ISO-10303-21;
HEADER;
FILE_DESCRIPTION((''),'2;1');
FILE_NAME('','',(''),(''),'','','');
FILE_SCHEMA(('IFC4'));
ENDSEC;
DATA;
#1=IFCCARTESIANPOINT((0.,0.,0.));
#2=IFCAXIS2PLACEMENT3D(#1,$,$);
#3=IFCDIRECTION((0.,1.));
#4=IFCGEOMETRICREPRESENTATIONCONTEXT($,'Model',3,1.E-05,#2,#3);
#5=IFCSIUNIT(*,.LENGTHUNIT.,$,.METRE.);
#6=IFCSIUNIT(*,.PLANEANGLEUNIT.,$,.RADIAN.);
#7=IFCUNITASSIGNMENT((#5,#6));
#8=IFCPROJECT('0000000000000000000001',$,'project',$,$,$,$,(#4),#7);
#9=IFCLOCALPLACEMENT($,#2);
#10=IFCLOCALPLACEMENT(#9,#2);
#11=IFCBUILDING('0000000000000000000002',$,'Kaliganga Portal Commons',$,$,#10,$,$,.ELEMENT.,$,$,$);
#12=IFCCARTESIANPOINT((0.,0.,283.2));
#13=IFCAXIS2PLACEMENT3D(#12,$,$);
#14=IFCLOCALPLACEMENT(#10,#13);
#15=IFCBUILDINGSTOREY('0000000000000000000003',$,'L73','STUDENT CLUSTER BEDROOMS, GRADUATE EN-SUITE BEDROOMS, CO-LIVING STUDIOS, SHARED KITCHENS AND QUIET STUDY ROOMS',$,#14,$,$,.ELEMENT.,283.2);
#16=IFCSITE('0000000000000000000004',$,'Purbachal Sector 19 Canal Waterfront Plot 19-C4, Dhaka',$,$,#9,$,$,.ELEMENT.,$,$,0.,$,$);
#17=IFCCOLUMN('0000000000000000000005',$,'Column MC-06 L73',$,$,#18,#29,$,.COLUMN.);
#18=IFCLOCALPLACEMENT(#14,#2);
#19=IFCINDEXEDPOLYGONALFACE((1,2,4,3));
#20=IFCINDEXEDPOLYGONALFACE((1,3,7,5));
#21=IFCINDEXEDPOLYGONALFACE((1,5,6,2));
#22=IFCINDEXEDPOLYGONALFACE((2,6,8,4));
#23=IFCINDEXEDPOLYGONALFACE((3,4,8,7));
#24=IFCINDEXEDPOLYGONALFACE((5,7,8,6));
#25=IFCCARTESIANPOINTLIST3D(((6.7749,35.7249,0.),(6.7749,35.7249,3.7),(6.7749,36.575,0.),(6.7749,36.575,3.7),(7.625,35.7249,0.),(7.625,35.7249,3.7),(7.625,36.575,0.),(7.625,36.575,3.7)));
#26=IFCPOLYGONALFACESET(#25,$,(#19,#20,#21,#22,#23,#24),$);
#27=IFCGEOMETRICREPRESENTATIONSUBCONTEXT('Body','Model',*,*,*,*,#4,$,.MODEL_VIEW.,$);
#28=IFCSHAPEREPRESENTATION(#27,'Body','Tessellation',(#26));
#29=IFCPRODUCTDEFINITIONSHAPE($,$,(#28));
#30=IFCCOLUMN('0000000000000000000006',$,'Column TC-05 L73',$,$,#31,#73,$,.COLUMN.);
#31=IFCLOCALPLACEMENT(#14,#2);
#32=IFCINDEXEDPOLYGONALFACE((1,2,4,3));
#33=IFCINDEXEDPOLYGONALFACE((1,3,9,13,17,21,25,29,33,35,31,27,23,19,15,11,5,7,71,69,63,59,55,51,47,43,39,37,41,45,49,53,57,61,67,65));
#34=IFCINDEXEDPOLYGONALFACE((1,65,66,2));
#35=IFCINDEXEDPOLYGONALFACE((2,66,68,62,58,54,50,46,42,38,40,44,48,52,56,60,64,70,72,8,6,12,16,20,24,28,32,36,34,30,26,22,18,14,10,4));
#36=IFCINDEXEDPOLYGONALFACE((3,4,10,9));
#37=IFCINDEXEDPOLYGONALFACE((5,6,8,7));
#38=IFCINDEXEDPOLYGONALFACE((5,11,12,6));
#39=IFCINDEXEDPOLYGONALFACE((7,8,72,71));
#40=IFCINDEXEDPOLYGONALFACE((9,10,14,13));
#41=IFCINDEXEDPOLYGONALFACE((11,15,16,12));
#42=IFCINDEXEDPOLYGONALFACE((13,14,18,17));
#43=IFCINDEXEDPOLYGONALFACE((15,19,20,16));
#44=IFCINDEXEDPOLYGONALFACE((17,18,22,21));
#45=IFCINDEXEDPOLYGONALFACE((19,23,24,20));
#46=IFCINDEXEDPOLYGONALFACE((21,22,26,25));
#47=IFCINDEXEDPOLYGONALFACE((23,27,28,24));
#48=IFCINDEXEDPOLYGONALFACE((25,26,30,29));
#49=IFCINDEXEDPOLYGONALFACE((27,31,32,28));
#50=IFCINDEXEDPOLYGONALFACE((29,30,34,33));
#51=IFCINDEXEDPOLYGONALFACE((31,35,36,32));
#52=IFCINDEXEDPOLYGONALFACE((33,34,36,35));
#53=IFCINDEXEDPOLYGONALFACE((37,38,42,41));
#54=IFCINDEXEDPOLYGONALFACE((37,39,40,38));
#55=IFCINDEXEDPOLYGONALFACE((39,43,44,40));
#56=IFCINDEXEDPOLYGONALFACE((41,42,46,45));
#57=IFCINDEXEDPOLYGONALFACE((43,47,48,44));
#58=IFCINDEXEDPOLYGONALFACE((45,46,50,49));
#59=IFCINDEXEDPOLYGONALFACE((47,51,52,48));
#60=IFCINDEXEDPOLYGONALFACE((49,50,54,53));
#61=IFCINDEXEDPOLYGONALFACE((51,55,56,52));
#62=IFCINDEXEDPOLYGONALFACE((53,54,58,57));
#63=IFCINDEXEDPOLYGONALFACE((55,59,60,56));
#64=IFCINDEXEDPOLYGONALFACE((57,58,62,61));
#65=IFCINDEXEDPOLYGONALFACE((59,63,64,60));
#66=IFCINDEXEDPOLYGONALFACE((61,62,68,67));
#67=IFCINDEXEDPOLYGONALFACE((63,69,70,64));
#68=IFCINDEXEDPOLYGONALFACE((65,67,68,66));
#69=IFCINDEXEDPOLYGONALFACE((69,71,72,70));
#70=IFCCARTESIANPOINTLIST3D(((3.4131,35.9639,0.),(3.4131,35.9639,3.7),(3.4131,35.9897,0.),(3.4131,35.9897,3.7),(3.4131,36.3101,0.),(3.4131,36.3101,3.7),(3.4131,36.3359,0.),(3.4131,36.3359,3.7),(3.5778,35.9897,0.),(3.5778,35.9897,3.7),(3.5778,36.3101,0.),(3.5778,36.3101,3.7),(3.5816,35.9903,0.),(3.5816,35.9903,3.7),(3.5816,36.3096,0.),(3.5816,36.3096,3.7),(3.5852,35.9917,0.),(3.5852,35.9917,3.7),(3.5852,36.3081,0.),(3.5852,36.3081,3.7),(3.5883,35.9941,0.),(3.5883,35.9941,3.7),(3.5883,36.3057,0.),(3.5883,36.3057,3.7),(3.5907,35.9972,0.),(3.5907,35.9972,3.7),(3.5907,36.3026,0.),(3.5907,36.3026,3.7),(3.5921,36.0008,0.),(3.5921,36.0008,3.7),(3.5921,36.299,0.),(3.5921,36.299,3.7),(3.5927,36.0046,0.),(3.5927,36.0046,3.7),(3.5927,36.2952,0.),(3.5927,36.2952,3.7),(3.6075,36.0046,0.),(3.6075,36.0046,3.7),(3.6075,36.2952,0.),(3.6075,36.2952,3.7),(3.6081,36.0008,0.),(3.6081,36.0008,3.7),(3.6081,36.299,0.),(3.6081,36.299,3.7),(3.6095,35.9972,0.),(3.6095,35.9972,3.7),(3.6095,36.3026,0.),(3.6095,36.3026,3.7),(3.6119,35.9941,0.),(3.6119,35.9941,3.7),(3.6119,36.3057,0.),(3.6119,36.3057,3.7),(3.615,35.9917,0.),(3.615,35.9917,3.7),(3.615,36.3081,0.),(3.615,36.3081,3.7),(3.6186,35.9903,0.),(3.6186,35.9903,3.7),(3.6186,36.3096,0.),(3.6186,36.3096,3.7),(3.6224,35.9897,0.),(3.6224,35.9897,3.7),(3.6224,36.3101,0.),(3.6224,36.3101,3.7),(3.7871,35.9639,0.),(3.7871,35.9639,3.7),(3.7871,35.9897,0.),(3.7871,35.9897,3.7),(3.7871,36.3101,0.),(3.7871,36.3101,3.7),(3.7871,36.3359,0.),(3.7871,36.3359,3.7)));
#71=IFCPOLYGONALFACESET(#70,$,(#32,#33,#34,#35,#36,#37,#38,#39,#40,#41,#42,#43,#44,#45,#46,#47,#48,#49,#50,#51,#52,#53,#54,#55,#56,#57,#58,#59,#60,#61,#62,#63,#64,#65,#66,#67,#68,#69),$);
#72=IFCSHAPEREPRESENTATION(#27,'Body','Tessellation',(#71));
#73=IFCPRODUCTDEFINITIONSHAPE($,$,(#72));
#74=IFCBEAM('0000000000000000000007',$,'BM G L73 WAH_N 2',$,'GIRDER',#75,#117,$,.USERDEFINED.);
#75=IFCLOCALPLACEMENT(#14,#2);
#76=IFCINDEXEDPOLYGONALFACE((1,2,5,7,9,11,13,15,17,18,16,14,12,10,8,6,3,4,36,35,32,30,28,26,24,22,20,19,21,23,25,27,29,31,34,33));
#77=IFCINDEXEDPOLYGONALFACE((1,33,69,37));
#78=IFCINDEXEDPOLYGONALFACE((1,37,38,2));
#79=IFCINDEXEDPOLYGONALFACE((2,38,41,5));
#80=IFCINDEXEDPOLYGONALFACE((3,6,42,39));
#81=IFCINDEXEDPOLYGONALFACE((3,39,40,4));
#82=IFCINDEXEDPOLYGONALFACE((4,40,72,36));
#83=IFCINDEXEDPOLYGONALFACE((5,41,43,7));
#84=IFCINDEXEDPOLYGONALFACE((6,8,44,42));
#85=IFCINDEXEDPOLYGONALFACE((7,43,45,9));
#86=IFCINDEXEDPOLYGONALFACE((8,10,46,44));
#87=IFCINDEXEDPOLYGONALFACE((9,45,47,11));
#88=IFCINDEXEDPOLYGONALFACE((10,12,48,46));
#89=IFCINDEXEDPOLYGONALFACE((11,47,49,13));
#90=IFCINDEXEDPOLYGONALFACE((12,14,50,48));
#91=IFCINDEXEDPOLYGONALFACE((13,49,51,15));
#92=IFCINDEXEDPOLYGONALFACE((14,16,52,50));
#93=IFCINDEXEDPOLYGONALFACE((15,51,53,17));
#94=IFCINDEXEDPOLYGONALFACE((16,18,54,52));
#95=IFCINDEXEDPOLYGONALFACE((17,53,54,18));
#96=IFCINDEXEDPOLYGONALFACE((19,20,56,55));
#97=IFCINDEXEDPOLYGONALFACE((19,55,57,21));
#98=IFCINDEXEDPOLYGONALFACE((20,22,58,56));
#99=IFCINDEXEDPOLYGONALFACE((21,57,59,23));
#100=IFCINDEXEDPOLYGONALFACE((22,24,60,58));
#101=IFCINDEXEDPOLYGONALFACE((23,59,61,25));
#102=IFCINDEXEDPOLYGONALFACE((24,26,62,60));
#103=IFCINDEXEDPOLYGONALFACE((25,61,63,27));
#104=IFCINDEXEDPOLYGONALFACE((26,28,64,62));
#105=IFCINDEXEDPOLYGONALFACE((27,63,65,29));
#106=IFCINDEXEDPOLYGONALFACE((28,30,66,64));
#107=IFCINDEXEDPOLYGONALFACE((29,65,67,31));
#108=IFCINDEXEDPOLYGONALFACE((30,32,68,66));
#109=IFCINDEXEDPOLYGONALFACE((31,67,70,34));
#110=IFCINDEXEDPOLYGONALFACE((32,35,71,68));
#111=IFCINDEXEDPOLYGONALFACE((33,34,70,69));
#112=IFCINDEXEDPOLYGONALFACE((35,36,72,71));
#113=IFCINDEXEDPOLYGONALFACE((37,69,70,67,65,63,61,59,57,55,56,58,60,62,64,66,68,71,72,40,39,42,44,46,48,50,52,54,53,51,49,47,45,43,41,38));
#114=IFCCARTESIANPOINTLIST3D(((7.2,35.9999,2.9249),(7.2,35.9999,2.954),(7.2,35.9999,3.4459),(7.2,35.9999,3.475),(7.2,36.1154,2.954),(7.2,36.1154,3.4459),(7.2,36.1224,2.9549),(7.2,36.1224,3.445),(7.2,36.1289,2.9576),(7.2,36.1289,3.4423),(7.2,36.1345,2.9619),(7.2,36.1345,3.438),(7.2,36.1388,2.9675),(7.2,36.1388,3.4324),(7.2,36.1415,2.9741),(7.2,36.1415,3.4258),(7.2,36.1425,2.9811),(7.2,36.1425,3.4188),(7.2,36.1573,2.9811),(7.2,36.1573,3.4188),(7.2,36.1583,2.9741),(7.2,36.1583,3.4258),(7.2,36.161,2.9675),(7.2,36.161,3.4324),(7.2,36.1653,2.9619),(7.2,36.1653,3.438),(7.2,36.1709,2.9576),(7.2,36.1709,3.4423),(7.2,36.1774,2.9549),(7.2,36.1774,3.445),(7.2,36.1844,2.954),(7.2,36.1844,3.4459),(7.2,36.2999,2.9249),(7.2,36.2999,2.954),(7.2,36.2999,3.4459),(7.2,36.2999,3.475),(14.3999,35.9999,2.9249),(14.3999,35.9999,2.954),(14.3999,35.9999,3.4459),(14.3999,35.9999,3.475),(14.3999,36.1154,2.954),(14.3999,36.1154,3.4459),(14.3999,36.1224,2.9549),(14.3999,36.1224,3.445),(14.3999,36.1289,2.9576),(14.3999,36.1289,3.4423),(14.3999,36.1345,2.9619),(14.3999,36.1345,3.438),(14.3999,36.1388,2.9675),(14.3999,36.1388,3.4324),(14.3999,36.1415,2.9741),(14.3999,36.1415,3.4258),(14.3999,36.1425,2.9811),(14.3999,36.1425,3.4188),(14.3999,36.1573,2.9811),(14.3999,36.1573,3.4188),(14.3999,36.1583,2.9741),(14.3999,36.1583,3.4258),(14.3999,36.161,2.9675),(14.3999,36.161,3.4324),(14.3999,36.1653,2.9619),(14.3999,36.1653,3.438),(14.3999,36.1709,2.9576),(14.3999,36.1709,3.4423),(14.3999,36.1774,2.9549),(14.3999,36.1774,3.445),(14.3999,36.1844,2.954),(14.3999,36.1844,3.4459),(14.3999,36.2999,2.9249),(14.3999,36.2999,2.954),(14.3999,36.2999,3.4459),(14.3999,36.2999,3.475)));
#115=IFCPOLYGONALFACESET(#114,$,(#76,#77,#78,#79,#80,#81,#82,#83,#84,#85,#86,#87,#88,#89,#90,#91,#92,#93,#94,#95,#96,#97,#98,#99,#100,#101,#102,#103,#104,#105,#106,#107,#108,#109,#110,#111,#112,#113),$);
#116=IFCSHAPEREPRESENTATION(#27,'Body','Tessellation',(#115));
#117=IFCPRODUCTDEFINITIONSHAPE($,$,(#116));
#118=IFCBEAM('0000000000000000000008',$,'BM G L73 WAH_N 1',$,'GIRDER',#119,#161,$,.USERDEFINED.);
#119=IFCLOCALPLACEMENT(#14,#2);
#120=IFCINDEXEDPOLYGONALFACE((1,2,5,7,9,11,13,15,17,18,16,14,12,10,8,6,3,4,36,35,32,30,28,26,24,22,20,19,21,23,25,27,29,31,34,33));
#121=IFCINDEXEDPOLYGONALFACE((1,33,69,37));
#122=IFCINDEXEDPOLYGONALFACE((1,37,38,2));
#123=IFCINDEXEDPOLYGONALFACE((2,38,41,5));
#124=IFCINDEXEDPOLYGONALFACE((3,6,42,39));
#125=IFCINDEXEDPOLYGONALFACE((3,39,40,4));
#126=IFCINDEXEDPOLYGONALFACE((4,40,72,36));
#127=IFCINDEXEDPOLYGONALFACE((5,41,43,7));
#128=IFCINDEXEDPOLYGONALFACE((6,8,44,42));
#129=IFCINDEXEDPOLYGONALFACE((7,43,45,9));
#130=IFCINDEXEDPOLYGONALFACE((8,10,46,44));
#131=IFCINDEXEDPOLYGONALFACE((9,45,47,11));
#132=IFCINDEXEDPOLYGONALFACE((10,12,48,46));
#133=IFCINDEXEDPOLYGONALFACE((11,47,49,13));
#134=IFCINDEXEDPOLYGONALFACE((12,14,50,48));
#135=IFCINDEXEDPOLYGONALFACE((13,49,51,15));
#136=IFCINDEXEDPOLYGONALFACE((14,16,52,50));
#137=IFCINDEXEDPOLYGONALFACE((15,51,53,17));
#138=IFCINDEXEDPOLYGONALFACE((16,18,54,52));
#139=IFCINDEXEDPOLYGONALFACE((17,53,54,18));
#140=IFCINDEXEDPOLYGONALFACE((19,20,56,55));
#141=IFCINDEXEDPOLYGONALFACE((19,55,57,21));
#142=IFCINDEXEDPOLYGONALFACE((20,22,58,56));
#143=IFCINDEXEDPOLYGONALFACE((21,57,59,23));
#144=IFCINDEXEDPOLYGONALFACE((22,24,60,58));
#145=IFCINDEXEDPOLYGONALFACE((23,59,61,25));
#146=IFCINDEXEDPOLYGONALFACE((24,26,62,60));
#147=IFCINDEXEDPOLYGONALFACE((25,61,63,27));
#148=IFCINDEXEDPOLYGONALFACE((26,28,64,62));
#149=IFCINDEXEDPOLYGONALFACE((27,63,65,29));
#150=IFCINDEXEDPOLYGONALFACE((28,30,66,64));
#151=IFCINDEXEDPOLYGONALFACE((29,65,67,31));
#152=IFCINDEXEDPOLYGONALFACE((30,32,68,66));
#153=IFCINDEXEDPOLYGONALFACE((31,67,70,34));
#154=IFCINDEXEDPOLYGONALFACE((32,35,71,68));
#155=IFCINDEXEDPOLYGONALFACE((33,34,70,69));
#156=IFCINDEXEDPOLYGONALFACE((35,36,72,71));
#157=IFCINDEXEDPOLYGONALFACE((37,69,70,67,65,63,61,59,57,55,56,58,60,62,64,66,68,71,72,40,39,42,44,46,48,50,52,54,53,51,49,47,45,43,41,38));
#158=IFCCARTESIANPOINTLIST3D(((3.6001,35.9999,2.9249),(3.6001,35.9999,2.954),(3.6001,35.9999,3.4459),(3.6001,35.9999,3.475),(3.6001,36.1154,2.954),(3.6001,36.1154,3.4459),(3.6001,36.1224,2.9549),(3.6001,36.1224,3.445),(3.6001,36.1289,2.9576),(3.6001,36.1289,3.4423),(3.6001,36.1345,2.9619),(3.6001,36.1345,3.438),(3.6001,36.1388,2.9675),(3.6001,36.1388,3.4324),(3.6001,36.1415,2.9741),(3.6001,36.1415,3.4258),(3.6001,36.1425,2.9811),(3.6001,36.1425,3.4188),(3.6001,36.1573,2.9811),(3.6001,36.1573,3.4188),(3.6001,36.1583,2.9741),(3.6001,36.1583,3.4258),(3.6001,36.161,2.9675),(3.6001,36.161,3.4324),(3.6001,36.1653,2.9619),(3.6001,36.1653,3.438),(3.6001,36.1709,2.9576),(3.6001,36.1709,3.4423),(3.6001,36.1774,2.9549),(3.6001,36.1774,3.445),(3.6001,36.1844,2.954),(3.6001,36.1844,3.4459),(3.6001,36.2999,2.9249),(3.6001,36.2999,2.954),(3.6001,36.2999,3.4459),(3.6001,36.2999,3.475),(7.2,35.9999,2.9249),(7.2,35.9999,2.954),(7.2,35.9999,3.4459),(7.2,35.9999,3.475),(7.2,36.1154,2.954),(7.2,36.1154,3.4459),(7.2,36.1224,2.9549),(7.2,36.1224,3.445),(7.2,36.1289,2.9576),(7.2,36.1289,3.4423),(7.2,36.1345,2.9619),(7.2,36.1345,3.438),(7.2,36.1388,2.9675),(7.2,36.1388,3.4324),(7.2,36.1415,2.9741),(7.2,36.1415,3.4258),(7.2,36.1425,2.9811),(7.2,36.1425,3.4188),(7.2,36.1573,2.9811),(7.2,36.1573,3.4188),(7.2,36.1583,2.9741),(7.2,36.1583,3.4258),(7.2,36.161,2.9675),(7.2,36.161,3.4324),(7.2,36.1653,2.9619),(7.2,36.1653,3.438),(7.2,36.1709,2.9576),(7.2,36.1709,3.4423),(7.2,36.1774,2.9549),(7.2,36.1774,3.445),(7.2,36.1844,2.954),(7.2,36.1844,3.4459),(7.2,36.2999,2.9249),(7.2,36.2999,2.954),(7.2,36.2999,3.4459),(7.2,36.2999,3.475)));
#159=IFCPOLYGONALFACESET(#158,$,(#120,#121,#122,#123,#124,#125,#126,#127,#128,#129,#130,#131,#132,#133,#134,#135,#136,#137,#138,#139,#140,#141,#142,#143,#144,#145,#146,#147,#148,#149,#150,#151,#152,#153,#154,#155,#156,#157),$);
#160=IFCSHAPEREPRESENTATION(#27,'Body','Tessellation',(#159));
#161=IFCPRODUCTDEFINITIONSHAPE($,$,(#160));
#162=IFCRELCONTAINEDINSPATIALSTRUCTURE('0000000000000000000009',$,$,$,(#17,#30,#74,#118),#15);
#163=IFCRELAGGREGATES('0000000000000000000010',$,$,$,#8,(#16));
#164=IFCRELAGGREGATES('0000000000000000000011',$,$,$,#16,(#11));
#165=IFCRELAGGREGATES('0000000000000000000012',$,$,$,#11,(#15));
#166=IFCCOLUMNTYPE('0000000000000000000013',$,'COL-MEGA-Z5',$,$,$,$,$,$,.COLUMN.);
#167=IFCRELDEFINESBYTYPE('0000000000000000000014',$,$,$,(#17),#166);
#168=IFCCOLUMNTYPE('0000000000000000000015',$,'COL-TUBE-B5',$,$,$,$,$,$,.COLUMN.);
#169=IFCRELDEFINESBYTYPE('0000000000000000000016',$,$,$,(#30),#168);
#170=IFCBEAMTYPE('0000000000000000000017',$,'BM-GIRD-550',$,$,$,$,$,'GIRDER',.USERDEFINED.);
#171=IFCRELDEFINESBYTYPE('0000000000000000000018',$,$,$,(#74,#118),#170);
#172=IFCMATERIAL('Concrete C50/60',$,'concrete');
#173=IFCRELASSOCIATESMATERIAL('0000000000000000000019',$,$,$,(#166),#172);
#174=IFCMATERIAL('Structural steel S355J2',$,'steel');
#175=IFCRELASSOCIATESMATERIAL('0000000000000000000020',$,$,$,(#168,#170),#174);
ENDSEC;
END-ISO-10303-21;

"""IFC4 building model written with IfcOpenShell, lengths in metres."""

from ifc_helpers import new_model, si_unit, direction, frame, origin, origin_2d, place, context, subcontext, project, spatial, rectangle, i_section, extrude, source, transform, mapped, material, material_profile, profile_set, type_object, element, save


model = new_model("IFC4")

# Units and contexts
model_context = context("Model", 3, precision=1e-05, world=origin(), true_north=direction((0.0, 1.0)))
body_context = subcontext(model_context, "Body", "Model", "MODEL_VIEW")
ifc_project = project(units=[si_unit("LENGTHUNIT", "METRE"), si_unit("PLANEANGLEUNIT", "RADIAN")], contexts=[model_context])

# Site, building, storey
site_placement = place(None, origin())
site = spatial("IfcSite", under=ifc_project, at=site_placement, Name="Purbachal Sector 19 Canal Waterfront Plot 19-C4, Dhaka", CompositionType="ELEMENT", RefElevation=0.0)
building_placement = place(site_placement, origin())
building = spatial("IfcBuilding", under=site, at=building_placement, Name="Kaliganga Portal Commons", CompositionType="ELEMENT")
storey_placement = place(building_placement, frame((0.0, 0.0, 283.2)))
storey = spatial("IfcBuildingStorey", under=building, at=storey_placement, Name="L73", Description="STUDENT CLUSTER BEDROOMS, GRADUATE EN-SUITE BEDROOMS, CO-LIVING STUDIOS, SHARED KITCHENS AND QUIET STUDY ROOMS", CompositionType="ELEMENT", Elevation=283.2)

# Columns
ifc_material_1 = material(Name="Concrete C50/60", Category="concrete")
ifc_material_profile_1 = material_profile(ifc_material_1, rectangle(XDim=0.8501, YDim=0.8501, at=origin_2d()), Name="RC 850x850")
ifc_profile_set_1 = profile_set([ifc_material_profile_1], Name="Concrete C50/60")
column_type_1 = type_object("IfcColumnType", Name="COL-MEGA-Z5", PredefinedType="COLUMN", material=ifc_profile_set_1)
shared_shape_1 = source(origin(), body_context, "Body", "SweptSolid", [
    extrude(rectangle(XDim=0.8501, YDim=0.8501, at=origin_2d()), origin(), (0.0, 0.0, 1.0), 3.7),
])
column_1_placement = place(storey_placement, frame((7.2, 36.1499, 0.0), z_axis=(0.0, 0.0, 1.0), x_axis=(1.0, 0.0, 0.0)))
element("IfcColumn", 1, at=column_1_placement, inside=storey, type_object=column_type_1, Name="Column MC-06 L73", PredefinedType="COLUMN", context=body_context, shape_type="MappedRepresentation", body=[
    mapped(shared_shape_1, transform((0.0, 0.0, 0.0), x_axis=(1.0, 0.0, 0.0), y_axis=(0.0, 1.0, 0.0), z_axis=(0.0, 0.0, 1.0), scale=1.0)),
])
ifc_material_2 = material(Name="Structural steel S355J2", Category="steel")
ifc_material_profile_2 = material_profile(ifc_material_2, i_section(OverallWidth=0.374, OverallDepth=0.3721, WebThickness=0.0149, FlangeThickness=0.0259, FilletRadius=0.0149, at=origin_2d()), Name="HD 360x196")
ifc_profile_set_2 = profile_set([ifc_material_profile_2], Name="Structural steel S355J2 wide-flange")
column_type_2 = type_object("IfcColumnType", Name="COL-TUBE-B5", PredefinedType="COLUMN", material=ifc_profile_set_2)
shared_shape_2 = source(origin(), body_context, "Body", "SweptSolid", [
    extrude(i_section(OverallWidth=0.374, OverallDepth=0.3721, WebThickness=0.0149, FlangeThickness=0.0259, FilletRadius=0.0149, at=origin_2d()), origin(), (0.0, 0.0, 1.0), 3.7),
])
column_2_placement = place(storey_placement, frame((3.6001, 36.1499, 0.0), z_axis=(0.0, 0.0, 1.0), x_axis=(1.0, 0.0, 0.0)))
element("IfcColumn", 2, at=column_2_placement, inside=storey, type_object=column_type_2, Name="Column TC-05 L73", PredefinedType="COLUMN", context=body_context, shape_type="MappedRepresentation", body=[
    mapped(shared_shape_2, transform((0.0, 0.0, 0.0), x_axis=(1.0, 0.0, 0.0), y_axis=(0.0, 1.0, 0.0), z_axis=(0.0, 0.0, 1.0), scale=1.0)),
])

# Beams
ifc_material_profile_3 = material_profile(ifc_material_2, i_section(OverallWidth=0.3, OverallDepth=0.55, WebThickness=0.0149, FlangeThickness=0.0291, FilletRadius=0.0271, at=origin_2d()), Name="HE 550 B")
ifc_profile_set_3 = profile_set([ifc_material_profile_3], Name="Structural steel S355J2 wide-flange")
beam_type = type_object("IfcBeamType", Name="BM-GIRD-550", ElementType="GIRDER", PredefinedType="USERDEFINED", material=ifc_profile_set_3)
shared_shape_3 = source(origin(), body_context, "Body", "SweptSolid", [
    extrude(i_section(OverallWidth=0.3, OverallDepth=0.55, WebThickness=0.0149, FlangeThickness=0.0291, FilletRadius=0.0271, at=origin_2d()), origin(), (0.0, 0.0, 1.0), 7.2),
])
beam_1_placement = place(storey_placement, frame((7.2, 36.1499, 3.2), z_axis=(1.0, 0.0, 0.0), x_axis=(0.0, 1.0, 0.0)))
element("IfcBeam", 3, at=beam_1_placement, inside=storey, type_object=beam_type, Name="BM G L73 WAH_N 2", ObjectType="GIRDER", PredefinedType="USERDEFINED", context=body_context, shape_type="MappedRepresentation", body=[
    mapped(shared_shape_3, transform((0.0, 0.0, 0.0), x_axis=(1.0, 0.0, 0.0), y_axis=(0.0, 1.0, 0.0), z_axis=(0.0, 0.0, 1.0), scale=1.0)),
])
shared_shape_4 = source(origin(), body_context, "Body", "SweptSolid", [
    extrude(i_section(OverallWidth=0.3, OverallDepth=0.55, WebThickness=0.0149, FlangeThickness=0.0291, FilletRadius=0.0271, at=origin_2d()), origin(), (0.0, 0.0, 1.0), 3.5999),
])
beam_2_placement = place(storey_placement, frame((3.6001, 36.1499, 3.2), z_axis=(1.0, 0.0, 0.0), x_axis=(0.0, 1.0, 0.0)))
element("IfcBeam", 4, at=beam_2_placement, inside=storey, type_object=beam_type, Name="BM G L73 WAH_N 1", ObjectType="GIRDER", PredefinedType="USERDEFINED", context=body_context, shape_type="MappedRepresentation", body=[
    mapped(shared_shape_4, transform((0.0, 0.0, 0.0), x_axis=(1.0, 0.0, 0.0), y_axis=(0.0, 1.0, 0.0), z_axis=(0.0, 0.0, 1.0), scale=1.0)),
])

save(model, "model.ifc")
